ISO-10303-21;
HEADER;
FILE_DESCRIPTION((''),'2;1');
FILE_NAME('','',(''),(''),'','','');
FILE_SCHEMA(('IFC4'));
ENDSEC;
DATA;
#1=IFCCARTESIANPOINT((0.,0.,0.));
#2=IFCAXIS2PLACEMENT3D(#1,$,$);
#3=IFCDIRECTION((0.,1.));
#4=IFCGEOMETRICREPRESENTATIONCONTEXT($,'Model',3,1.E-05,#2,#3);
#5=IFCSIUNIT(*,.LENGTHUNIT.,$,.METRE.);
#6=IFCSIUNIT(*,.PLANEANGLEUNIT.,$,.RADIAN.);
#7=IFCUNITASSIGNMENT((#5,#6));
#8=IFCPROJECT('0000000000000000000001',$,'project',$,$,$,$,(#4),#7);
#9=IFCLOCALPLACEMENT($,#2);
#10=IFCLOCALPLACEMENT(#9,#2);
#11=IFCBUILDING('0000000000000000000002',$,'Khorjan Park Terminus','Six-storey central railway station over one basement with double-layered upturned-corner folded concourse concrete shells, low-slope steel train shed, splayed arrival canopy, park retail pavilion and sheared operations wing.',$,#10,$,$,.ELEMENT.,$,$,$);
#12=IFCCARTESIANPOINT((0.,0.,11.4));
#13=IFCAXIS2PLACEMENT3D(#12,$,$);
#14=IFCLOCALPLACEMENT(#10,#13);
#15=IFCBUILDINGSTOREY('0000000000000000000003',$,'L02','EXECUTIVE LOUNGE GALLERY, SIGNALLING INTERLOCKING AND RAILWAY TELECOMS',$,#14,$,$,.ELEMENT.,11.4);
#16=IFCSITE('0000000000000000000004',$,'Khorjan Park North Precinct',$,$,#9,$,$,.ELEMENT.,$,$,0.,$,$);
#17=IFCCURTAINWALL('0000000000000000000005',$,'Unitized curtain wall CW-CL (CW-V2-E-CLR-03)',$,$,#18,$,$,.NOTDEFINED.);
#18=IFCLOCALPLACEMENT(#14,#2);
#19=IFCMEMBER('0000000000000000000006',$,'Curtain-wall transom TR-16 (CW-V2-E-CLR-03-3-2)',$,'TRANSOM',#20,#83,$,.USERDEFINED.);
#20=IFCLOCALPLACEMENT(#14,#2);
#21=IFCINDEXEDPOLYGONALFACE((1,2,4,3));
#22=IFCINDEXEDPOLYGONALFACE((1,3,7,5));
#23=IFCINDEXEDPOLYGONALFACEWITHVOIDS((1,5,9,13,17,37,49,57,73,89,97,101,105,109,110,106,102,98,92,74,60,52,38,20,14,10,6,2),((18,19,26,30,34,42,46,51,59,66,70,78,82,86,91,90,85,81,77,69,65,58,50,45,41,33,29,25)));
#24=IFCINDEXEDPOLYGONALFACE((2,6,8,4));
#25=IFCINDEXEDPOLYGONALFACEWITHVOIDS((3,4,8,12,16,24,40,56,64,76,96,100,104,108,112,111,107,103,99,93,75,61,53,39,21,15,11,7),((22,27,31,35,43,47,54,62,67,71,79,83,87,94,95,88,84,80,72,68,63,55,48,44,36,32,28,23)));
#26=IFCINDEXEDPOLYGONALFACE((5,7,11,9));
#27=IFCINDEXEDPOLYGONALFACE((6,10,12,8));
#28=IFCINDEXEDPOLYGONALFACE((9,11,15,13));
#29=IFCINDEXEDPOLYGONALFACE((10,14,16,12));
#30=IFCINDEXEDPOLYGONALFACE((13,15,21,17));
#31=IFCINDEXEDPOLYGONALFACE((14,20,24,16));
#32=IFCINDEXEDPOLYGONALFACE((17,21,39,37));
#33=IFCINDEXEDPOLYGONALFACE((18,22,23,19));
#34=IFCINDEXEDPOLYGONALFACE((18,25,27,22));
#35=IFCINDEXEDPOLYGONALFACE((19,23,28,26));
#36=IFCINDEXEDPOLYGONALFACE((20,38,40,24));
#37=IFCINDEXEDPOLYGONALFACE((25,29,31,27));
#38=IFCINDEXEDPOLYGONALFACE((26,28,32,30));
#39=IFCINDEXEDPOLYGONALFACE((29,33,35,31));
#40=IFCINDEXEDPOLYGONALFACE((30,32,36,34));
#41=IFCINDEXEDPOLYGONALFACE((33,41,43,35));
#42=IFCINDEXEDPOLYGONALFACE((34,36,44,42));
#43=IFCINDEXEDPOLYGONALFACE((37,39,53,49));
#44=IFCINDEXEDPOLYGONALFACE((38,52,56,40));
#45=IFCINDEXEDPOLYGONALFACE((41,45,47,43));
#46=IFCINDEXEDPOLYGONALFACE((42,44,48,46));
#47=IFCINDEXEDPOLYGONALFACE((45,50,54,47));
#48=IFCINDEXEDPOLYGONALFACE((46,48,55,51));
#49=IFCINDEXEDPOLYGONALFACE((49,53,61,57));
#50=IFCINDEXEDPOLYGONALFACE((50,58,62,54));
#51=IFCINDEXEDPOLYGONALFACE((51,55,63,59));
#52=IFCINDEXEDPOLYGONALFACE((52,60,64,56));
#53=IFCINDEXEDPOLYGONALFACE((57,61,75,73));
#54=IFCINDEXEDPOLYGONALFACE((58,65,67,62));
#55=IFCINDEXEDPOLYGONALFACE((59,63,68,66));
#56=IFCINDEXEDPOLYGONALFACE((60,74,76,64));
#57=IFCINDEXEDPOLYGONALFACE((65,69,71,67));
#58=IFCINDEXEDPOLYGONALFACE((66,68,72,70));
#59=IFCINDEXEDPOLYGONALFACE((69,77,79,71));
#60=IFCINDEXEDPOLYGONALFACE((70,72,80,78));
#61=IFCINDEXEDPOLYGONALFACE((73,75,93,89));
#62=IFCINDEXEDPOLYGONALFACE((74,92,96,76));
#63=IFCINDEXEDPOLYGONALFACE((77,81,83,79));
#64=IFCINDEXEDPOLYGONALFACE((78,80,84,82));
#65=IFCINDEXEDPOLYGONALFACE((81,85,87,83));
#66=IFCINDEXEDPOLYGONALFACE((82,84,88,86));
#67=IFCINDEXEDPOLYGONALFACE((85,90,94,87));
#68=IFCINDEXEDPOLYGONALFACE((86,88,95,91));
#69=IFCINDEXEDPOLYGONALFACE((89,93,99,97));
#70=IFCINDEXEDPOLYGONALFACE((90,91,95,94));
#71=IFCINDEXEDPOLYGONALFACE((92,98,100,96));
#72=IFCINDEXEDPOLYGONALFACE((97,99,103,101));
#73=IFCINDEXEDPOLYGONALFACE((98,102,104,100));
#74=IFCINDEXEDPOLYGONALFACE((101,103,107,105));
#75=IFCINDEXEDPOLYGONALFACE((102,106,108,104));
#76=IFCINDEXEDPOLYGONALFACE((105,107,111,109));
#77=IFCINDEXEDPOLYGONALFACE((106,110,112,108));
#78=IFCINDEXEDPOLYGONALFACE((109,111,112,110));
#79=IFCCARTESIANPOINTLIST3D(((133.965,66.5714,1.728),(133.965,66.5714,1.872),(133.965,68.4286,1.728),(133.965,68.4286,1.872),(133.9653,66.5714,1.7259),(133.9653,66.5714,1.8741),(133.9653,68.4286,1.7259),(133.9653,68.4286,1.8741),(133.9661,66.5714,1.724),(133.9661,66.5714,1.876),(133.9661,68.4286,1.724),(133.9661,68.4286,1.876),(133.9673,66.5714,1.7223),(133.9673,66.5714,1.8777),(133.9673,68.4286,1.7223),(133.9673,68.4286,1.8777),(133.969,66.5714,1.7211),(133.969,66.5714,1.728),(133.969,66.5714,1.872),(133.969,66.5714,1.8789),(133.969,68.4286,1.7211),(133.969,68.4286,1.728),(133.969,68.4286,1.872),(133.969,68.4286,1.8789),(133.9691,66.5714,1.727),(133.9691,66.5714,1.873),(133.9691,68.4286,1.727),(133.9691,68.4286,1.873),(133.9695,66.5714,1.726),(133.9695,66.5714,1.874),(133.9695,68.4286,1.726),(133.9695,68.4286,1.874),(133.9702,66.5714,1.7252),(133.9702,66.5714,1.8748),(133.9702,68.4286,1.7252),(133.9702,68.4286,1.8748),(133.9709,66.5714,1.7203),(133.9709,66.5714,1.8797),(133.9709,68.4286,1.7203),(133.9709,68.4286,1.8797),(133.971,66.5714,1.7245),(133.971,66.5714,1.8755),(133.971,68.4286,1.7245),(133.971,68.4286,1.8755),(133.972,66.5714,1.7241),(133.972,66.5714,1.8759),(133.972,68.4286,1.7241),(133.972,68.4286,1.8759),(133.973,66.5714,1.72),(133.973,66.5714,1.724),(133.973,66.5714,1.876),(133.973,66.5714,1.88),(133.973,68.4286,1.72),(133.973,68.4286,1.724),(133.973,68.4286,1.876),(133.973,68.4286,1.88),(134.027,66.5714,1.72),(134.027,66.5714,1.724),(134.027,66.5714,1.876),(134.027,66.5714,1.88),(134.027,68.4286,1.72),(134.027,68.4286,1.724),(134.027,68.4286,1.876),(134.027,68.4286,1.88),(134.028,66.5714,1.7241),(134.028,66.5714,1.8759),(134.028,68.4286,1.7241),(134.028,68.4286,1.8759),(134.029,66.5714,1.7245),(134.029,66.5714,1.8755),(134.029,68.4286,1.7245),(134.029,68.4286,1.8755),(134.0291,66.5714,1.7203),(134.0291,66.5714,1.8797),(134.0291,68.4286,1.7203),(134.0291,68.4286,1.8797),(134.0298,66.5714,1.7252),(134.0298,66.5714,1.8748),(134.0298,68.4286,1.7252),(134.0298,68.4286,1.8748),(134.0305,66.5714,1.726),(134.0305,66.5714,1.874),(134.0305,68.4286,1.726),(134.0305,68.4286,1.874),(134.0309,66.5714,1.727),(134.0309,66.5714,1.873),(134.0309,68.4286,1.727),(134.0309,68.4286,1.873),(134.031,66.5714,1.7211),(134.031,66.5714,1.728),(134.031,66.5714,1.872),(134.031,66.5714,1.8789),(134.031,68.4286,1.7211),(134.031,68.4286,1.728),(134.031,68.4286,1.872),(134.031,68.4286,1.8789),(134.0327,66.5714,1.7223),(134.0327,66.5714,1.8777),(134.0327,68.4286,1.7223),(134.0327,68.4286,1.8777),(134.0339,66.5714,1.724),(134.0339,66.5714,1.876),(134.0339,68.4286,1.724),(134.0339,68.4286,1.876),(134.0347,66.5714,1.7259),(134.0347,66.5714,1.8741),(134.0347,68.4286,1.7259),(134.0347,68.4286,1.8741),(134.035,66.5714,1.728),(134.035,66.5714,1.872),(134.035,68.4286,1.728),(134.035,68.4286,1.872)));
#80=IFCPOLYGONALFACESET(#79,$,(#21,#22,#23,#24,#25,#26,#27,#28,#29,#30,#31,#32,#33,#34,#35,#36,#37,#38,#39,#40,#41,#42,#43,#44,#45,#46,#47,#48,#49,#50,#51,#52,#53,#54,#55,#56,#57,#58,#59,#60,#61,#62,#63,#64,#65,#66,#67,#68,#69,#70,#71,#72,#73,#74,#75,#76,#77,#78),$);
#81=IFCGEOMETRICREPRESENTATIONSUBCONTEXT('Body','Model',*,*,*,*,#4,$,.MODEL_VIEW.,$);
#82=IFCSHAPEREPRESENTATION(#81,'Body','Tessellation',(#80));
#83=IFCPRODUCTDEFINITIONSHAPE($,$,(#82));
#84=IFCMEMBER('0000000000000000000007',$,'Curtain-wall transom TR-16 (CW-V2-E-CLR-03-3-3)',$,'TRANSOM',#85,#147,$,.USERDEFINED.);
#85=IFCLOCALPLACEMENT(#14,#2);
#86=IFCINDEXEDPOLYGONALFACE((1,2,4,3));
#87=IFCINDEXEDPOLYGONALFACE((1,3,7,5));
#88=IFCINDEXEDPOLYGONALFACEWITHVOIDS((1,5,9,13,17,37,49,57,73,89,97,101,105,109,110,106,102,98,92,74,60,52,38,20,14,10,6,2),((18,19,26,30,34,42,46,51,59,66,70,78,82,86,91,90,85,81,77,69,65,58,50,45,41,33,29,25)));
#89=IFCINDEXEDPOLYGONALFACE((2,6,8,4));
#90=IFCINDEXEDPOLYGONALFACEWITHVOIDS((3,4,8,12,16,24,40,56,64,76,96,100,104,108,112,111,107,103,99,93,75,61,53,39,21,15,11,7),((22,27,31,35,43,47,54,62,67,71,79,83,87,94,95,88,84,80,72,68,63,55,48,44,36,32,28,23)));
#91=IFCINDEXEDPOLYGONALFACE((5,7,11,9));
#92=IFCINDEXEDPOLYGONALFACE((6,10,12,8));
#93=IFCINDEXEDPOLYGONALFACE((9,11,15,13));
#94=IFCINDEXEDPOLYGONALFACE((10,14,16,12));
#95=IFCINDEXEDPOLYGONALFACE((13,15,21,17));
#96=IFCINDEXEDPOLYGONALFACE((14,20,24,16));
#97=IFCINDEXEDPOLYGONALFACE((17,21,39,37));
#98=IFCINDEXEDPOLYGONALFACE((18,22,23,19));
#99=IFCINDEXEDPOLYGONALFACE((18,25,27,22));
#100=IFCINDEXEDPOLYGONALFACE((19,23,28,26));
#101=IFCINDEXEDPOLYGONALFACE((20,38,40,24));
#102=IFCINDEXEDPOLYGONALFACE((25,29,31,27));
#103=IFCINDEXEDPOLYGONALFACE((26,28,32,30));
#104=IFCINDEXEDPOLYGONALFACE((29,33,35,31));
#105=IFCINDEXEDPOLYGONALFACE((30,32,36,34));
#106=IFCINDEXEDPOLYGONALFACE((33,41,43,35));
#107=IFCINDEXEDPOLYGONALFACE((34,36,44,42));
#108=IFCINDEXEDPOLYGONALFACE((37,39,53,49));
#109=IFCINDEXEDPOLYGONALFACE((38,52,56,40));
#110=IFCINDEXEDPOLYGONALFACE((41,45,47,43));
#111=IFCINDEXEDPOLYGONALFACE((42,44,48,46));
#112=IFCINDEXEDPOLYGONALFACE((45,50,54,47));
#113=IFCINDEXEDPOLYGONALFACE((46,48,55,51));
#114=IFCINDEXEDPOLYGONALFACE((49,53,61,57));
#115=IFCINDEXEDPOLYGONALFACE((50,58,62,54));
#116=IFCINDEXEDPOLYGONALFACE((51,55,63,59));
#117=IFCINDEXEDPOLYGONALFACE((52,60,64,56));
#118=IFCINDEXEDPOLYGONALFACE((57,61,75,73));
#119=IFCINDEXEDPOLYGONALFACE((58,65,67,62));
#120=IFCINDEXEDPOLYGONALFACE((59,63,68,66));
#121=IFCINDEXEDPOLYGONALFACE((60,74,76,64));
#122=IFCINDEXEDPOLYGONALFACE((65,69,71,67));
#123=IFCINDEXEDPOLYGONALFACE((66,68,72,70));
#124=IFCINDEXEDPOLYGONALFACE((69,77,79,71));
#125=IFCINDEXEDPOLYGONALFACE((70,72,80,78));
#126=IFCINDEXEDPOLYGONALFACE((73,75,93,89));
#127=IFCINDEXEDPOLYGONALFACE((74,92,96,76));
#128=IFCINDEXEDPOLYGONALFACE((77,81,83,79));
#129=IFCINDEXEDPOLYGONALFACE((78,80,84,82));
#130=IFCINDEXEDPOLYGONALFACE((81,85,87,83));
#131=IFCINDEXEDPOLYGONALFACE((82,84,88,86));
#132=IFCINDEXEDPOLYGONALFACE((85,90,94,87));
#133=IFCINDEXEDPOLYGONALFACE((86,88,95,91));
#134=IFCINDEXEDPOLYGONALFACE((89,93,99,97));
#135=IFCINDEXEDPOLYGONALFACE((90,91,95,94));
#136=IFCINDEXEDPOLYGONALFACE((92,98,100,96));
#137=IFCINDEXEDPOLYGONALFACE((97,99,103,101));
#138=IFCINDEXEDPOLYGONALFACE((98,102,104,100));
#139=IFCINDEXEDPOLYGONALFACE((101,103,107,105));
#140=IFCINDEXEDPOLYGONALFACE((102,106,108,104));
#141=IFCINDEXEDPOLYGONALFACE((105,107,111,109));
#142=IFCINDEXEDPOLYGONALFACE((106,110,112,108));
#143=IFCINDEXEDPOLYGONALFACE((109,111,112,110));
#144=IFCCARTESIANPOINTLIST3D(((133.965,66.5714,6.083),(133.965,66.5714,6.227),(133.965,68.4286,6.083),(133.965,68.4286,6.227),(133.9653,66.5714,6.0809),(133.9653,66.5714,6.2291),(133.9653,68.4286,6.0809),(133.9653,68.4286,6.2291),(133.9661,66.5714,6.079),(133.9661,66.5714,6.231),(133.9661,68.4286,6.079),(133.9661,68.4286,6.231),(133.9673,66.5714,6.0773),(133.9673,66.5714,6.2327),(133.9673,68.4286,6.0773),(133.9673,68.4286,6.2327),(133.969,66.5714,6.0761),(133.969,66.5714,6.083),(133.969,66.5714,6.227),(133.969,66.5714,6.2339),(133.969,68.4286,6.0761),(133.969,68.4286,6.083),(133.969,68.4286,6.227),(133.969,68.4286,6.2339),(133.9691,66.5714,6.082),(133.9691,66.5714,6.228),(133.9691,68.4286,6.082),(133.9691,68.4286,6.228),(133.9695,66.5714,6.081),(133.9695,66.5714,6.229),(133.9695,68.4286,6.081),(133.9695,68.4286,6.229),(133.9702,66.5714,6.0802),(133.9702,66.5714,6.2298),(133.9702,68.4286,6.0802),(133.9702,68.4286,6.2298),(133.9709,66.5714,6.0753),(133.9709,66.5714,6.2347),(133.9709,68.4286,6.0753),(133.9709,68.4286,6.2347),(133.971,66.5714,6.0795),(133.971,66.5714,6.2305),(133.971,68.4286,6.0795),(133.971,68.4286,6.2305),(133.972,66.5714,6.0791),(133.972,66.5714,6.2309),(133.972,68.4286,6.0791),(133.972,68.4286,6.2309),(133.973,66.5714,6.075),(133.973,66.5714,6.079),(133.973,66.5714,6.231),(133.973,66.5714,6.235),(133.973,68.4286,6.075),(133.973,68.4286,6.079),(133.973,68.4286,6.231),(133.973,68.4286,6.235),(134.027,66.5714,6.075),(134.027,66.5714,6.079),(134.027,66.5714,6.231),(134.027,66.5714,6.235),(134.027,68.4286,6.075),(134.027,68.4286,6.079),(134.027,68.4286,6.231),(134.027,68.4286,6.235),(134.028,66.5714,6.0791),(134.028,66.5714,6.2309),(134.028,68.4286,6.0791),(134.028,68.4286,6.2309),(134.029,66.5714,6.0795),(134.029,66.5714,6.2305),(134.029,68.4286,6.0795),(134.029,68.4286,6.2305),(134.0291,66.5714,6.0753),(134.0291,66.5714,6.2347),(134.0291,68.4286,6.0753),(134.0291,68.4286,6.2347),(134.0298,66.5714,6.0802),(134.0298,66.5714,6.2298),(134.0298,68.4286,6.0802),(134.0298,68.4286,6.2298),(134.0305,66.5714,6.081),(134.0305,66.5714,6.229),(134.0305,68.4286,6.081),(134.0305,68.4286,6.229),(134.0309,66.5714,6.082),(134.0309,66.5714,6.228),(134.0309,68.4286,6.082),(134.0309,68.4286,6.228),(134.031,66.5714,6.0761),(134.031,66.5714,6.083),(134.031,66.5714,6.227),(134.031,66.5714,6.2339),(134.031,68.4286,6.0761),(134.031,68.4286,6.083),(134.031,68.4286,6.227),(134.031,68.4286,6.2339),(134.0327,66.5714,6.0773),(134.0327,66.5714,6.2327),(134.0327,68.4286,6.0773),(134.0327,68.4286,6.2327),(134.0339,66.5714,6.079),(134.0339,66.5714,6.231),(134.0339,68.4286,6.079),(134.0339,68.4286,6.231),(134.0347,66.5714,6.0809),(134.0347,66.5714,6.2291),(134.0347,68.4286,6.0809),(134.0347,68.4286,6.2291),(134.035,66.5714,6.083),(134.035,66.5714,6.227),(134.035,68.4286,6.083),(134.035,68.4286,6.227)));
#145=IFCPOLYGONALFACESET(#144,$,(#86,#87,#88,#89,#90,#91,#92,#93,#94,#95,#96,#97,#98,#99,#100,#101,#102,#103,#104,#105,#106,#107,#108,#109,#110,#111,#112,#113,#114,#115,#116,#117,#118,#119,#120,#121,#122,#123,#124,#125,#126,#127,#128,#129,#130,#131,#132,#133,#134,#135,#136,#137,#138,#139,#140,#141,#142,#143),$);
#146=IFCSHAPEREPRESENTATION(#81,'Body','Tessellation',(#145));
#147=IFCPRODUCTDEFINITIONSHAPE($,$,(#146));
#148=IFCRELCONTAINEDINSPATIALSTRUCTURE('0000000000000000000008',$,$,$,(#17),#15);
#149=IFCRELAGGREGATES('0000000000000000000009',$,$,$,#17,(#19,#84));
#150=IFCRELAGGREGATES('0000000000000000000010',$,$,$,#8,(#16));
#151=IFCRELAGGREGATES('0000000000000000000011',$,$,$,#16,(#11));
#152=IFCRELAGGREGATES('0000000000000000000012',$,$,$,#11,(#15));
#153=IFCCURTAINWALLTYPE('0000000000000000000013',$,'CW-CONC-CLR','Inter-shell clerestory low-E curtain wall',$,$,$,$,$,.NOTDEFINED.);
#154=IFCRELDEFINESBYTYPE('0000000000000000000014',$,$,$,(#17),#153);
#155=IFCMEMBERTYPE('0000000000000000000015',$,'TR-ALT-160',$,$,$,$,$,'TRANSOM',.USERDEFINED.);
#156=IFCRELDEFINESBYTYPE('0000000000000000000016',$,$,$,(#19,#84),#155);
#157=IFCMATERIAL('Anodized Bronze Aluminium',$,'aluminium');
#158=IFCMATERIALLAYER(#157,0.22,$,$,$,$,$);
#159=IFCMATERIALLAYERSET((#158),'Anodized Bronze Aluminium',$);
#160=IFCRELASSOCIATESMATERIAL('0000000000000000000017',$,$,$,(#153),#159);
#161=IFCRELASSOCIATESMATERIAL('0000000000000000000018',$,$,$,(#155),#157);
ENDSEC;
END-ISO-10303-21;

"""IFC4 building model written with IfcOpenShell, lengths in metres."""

from ifc_helpers import new_model, si_unit, direction, frame, origin, origin_2d, place, context, subcontext, project, spatial, hollow_rectangle, extrude, material, layer, layer_set, material_profile, profile_set, type_object, element, aggregate, save


model = new_model("IFC4")

# Units and contexts
model_context = context("Model", 3, precision=1e-05, world=origin(), true_north=direction((0.0, 1.0)))
body_context = subcontext(model_context, "Body", "Model", "MODEL_VIEW")
ifc_project = project(units=[si_unit("LENGTHUNIT", "METRE"), si_unit("PLANEANGLEUNIT", "RADIAN")], contexts=[model_context])

# Site, building, storey
site_placement = place(None, origin())
site = spatial("IfcSite", under=ifc_project, at=site_placement, Name="Khorjan Park North Precinct", CompositionType="ELEMENT", RefElevation=0.0)
building_placement = place(site_placement, origin())
building = spatial("IfcBuilding", under=site, at=building_placement, Name="Khorjan Park Terminus", Description="Six-storey central railway station over one basement with double-layered upturned-corner folded concourse concrete shells, low-slope steel train shed, splayed arrival canopy, park retail pavilion and sheared operations wing.", CompositionType="ELEMENT")
storey_placement = place(building_placement, frame((0.0, 0.0, 11.4)))
storey = spatial("IfcBuildingStorey", under=building, at=storey_placement, Name="L02", Description="EXECUTIVE LOUNGE GALLERY, SIGNALLING INTERLOCKING AND RAILWAY TELECOMS", CompositionType="ELEMENT", Elevation=11.4)

# Shared definitions
ifc_material_1 = material(Name="Anodized Bronze Aluminium", Category="aluminium")
ifc_layer_1 = layer(ifc_material_1, 0.22)
ifc_layer_set_1 = layer_set([ifc_layer_1], Name="Anodized Bronze Aluminium")
curtain_wall_type = type_object("IfcCurtainWallType", Name="CW-CONC-CLR", Description="Inter-shell clerestory low-E curtain wall", PredefinedType="NOTDEFINED", material=ifc_layer_set_1)

# Curtain wall
curtain_wall_1_placement = place(storey_placement, origin())
curtain_wall_1 = element("IfcCurtainWall", 1, at=curtain_wall_1_placement, inside=storey, type_object=curtain_wall_type, Name="Unitized curtain wall CW-CL (CW-V2-E-CLR-03)", PredefinedType="NOTDEFINED")

# Members
ifc_material_profile_1 = material_profile(ifc_material_1, hollow_rectangle(XDim=0.07, YDim=0.16, WallThickness=0.004, InnerFilletRadius=0.004, OuterFilletRadius=0.008, at=origin_2d()), Name="ALT 70x160x4")
ifc_profile_set_1 = profile_set([ifc_material_profile_1], Name="Anodized Bronze Aluminium")
member_type_1 = type_object("IfcMemberType", Name="TR-ALT-160", ElementType="TRANSOM", PredefinedType="USERDEFINED", material=ifc_profile_set_1)
member_1_placement = place(storey_placement, frame((134.0, 66.5714, 1.8), z_axis=(0.0, 1.0, 0.0), x_axis=(-1.0, 0.0, 0.0)))
member_1 = element("IfcMember", 2, at=member_1_placement, type_object=member_type_1, Name="Curtain-wall transom TR-16 (CW-V2-E-CLR-03-3-2)", ObjectType="TRANSOM", PredefinedType="USERDEFINED", context=body_context, shape_type="SweptSolid", body=[
    extrude(hollow_rectangle(XDim=0.07, YDim=0.16, WallThickness=0.004, InnerFilletRadius=0.004, OuterFilletRadius=0.008, at=origin_2d()), origin(), (0.0, 0.0, 1.0), 1.8572),
])
member_2_placement = place(storey_placement, frame((134.0, 66.5714, 6.155), z_axis=(0.0, 1.0, 0.0), x_axis=(-1.0, 0.0, 0.0)))
member_2 = element("IfcMember", 3, at=member_2_placement, type_object=member_type_1, Name="Curtain-wall transom TR-16 (CW-V2-E-CLR-03-3-3)", ObjectType="TRANSOM", PredefinedType="USERDEFINED", context=body_context, shape_type="SweptSolid", body=[
    extrude(hollow_rectangle(XDim=0.07, YDim=0.16, WallThickness=0.004, InnerFilletRadius=0.004, OuterFilletRadius=0.008, at=origin_2d()), origin(), (0.0, 0.0, 1.0), 1.8572),
])

aggregate(curtain_wall_1, [member_1, member_2])

save(model, "model.ifc")
